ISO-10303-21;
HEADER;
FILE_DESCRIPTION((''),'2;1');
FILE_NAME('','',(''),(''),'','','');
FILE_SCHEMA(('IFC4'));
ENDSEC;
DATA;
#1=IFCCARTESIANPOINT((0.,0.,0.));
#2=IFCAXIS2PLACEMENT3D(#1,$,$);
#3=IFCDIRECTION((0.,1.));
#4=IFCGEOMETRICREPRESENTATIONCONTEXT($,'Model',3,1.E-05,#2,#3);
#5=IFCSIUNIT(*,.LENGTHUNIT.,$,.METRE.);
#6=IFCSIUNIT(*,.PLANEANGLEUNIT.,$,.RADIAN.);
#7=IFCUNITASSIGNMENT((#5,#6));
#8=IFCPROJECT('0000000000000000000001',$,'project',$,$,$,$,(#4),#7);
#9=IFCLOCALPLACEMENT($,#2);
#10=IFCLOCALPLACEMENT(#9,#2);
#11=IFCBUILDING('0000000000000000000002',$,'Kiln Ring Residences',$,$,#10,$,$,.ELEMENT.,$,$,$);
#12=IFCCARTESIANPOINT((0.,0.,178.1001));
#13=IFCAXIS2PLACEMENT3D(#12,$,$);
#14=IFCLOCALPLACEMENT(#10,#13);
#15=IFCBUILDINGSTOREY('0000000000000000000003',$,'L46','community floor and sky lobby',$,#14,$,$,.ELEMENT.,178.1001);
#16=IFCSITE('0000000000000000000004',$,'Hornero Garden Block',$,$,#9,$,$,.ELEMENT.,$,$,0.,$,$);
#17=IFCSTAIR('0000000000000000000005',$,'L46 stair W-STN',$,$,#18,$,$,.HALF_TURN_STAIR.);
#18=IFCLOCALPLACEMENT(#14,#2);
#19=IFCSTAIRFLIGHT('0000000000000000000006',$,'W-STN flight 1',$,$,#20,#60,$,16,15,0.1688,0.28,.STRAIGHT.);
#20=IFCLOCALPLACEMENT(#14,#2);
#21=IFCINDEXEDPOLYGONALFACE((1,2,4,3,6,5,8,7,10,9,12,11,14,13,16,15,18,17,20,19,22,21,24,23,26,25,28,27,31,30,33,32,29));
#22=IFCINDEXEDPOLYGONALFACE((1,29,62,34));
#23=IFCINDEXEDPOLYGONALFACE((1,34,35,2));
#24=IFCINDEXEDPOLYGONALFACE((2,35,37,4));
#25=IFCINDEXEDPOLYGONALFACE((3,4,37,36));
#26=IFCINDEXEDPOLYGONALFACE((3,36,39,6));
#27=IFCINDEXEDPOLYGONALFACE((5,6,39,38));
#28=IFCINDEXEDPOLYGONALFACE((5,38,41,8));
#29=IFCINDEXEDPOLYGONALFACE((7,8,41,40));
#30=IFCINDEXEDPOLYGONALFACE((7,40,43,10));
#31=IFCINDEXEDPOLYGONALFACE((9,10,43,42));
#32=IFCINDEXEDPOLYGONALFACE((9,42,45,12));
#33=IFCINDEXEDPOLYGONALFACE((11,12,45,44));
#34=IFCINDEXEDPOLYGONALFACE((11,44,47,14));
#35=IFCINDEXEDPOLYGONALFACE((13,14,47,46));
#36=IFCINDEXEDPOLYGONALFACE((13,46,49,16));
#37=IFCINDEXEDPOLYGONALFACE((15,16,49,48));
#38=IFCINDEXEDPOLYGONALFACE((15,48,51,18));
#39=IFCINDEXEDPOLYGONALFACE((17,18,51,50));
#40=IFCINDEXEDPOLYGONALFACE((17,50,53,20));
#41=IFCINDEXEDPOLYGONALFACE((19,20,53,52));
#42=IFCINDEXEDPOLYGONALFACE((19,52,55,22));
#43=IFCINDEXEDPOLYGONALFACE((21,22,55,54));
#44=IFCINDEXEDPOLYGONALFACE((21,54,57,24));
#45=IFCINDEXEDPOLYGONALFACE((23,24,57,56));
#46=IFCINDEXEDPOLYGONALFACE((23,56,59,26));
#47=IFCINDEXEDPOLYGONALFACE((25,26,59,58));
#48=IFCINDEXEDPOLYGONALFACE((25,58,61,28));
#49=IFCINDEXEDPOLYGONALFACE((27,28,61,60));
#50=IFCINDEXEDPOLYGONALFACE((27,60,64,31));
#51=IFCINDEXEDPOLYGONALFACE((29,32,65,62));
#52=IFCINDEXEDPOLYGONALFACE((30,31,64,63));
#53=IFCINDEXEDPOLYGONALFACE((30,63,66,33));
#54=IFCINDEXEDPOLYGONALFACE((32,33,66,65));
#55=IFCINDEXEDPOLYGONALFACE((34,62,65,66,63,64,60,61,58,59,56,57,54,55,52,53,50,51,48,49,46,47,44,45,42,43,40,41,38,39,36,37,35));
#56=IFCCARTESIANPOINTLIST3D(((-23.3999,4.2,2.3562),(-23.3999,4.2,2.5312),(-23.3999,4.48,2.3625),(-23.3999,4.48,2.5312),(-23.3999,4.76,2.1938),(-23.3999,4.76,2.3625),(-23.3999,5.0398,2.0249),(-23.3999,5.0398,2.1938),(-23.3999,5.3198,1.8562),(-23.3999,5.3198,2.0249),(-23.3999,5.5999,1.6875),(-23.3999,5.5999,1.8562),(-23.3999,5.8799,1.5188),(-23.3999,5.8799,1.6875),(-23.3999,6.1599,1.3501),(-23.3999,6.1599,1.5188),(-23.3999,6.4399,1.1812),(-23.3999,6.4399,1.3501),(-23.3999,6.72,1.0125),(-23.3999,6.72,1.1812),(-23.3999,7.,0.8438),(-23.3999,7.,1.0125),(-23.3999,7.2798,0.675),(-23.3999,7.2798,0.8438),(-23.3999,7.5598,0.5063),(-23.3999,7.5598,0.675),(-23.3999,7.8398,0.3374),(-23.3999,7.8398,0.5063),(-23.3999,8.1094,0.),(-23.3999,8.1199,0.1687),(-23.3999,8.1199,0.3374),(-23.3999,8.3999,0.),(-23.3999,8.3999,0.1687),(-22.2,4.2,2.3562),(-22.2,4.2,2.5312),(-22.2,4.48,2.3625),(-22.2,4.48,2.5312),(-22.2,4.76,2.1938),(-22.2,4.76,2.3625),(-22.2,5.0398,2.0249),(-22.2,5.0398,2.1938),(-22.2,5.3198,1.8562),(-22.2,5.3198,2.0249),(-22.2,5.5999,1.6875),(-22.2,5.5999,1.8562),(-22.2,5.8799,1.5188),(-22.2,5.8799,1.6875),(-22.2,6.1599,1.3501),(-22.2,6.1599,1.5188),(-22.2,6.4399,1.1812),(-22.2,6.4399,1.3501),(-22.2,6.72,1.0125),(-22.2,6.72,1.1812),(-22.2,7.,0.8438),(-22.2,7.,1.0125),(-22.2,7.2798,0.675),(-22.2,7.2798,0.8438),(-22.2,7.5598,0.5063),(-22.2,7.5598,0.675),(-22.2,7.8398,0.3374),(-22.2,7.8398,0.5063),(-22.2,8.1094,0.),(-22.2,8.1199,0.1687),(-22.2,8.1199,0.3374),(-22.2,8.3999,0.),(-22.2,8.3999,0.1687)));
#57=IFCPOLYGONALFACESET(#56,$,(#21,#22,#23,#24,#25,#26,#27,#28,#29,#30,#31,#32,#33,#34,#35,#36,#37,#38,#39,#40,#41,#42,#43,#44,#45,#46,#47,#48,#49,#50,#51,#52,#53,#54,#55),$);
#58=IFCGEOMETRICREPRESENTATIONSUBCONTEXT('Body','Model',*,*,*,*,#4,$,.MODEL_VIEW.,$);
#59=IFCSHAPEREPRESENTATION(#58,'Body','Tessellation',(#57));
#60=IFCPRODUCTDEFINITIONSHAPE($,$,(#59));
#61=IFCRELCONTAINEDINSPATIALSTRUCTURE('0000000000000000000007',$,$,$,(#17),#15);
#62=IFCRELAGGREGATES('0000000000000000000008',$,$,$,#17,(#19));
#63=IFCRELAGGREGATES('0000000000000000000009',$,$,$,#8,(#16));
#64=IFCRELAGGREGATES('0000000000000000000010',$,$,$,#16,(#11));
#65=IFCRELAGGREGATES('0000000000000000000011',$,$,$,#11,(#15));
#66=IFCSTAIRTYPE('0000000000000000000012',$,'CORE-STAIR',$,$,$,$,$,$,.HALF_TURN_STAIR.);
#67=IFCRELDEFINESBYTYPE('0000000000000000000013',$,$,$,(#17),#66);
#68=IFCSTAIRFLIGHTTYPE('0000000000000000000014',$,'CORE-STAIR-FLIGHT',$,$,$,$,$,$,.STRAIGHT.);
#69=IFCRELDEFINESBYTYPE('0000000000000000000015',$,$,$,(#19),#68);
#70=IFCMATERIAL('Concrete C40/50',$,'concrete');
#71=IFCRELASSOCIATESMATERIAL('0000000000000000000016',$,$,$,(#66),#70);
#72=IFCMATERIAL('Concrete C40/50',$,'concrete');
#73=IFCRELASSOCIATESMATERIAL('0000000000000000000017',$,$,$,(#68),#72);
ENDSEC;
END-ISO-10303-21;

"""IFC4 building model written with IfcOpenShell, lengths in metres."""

from ifc_helpers import new_model, si_unit, direction, frame, origin, place, context, subcontext, project, spatial, polyline, outline, extrude, material, type_object, element, aggregate, save


model = new_model("IFC4")

# Units and contexts
model_context = context("Model", 3, precision=1e-05, world=origin(), true_north=direction((0.0, 1.0)))
body_context = subcontext(model_context, "Body", "Model", "MODEL_VIEW")
ifc_project = project(units=[si_unit("LENGTHUNIT", "METRE"), si_unit("PLANEANGLEUNIT", "RADIAN")], contexts=[model_context])

# Site, building, storey
site_placement = place(None, origin())
site = spatial("IfcSite", under=ifc_project, at=site_placement, Name="Hornero Garden Block", CompositionType="ELEMENT", RefElevation=0.0)
building_placement = place(site_placement, origin())
building = spatial("IfcBuilding", under=site, at=building_placement, Name="Kiln Ring Residences", CompositionType="ELEMENT")
storey_placement = place(building_placement, frame((0.0, 0.0, 178.1001)))
storey = spatial("IfcBuildingStorey", under=building, at=storey_placement, Name="L46", Description="community floor and sky lobby", CompositionType="ELEMENT", Elevation=178.1001)

# Shared definitions
placement = place(storey_placement, origin())

# Stair, stair flight
ifc_material_1 = material(Name="Concrete C40/50", Category="concrete")
stair_type = type_object("IfcStairType", Name="CORE-STAIR", PredefinedType="HALF_TURN_STAIR", material=ifc_material_1)
stair = element("IfcStair", 1, at=placement, inside=storey, type_object=stair_type, Name="L46 stair W-STN", PredefinedType="HALF_TURN_STAIR")
ifc_material_2 = material(Name="Concrete C40/50", Category="concrete")
stair_flight_type = type_object("IfcStairFlightType", Name="CORE-STAIR-FLIGHT", PredefinedType="STRAIGHT", material=ifc_material_2)
stair_flight_placement = place(storey_placement, frame((-22.8, 8.3999, 0.0), z_axis=(0.0, 0.0, 1.0), x_axis=(0.0, -1.0, 0.0)))
stair_flight = element("IfcStairFlight", 2, at=stair_flight_placement, type_object=stair_flight_type, Name="W-STN flight 1", NumberOfRisers=16, NumberOfTreads=15, PredefinedType="STRAIGHT", RiserHeight=0.1688, TreadLength=0.28, context=body_context, shape_type="SweptSolid", body=[
    extrude(outline(polyline([(0.0, 0.0), (0.0, 0.1687), (0.28, 0.1687), (0.28, 0.3374), (0.5601, 0.3374), (0.5601, 0.5063), (0.8401, 0.5063), (0.8401, 0.675), (1.1201, 0.675), (1.1201, 0.8438), (1.3999, 0.8438), (1.3999, 1.0125), (1.6799, 1.0125), (1.6799, 1.1812), (1.96, 1.1812), (1.96, 1.3501), (2.24, 1.3501), (2.24, 1.5188), (2.52, 1.5188), (2.52, 1.6875), (2.8, 1.6875), (2.8, 1.8562), (3.0801, 1.8562), (3.0801, 2.0249), (3.3601, 2.0249), (3.3601, 2.1938), (3.6399, 2.1938), (3.6399, 2.3625), (3.9199, 2.3625), (3.9199, 2.5312), (4.2, 2.5312), (4.2, 2.7), (4.2, 2.3562), (0.2905, 0.0), (0.0, 0.0)])), frame((0.0, 0.6001, 0.0), z_axis=(0.0, -1.0, 0.0), x_axis=(1.0, 0.0, 0.0)), (0.0, 0.0, 1.0), 1.2),
])
aggregate(stair, [stair_flight])

save(model, "model.ifc")
